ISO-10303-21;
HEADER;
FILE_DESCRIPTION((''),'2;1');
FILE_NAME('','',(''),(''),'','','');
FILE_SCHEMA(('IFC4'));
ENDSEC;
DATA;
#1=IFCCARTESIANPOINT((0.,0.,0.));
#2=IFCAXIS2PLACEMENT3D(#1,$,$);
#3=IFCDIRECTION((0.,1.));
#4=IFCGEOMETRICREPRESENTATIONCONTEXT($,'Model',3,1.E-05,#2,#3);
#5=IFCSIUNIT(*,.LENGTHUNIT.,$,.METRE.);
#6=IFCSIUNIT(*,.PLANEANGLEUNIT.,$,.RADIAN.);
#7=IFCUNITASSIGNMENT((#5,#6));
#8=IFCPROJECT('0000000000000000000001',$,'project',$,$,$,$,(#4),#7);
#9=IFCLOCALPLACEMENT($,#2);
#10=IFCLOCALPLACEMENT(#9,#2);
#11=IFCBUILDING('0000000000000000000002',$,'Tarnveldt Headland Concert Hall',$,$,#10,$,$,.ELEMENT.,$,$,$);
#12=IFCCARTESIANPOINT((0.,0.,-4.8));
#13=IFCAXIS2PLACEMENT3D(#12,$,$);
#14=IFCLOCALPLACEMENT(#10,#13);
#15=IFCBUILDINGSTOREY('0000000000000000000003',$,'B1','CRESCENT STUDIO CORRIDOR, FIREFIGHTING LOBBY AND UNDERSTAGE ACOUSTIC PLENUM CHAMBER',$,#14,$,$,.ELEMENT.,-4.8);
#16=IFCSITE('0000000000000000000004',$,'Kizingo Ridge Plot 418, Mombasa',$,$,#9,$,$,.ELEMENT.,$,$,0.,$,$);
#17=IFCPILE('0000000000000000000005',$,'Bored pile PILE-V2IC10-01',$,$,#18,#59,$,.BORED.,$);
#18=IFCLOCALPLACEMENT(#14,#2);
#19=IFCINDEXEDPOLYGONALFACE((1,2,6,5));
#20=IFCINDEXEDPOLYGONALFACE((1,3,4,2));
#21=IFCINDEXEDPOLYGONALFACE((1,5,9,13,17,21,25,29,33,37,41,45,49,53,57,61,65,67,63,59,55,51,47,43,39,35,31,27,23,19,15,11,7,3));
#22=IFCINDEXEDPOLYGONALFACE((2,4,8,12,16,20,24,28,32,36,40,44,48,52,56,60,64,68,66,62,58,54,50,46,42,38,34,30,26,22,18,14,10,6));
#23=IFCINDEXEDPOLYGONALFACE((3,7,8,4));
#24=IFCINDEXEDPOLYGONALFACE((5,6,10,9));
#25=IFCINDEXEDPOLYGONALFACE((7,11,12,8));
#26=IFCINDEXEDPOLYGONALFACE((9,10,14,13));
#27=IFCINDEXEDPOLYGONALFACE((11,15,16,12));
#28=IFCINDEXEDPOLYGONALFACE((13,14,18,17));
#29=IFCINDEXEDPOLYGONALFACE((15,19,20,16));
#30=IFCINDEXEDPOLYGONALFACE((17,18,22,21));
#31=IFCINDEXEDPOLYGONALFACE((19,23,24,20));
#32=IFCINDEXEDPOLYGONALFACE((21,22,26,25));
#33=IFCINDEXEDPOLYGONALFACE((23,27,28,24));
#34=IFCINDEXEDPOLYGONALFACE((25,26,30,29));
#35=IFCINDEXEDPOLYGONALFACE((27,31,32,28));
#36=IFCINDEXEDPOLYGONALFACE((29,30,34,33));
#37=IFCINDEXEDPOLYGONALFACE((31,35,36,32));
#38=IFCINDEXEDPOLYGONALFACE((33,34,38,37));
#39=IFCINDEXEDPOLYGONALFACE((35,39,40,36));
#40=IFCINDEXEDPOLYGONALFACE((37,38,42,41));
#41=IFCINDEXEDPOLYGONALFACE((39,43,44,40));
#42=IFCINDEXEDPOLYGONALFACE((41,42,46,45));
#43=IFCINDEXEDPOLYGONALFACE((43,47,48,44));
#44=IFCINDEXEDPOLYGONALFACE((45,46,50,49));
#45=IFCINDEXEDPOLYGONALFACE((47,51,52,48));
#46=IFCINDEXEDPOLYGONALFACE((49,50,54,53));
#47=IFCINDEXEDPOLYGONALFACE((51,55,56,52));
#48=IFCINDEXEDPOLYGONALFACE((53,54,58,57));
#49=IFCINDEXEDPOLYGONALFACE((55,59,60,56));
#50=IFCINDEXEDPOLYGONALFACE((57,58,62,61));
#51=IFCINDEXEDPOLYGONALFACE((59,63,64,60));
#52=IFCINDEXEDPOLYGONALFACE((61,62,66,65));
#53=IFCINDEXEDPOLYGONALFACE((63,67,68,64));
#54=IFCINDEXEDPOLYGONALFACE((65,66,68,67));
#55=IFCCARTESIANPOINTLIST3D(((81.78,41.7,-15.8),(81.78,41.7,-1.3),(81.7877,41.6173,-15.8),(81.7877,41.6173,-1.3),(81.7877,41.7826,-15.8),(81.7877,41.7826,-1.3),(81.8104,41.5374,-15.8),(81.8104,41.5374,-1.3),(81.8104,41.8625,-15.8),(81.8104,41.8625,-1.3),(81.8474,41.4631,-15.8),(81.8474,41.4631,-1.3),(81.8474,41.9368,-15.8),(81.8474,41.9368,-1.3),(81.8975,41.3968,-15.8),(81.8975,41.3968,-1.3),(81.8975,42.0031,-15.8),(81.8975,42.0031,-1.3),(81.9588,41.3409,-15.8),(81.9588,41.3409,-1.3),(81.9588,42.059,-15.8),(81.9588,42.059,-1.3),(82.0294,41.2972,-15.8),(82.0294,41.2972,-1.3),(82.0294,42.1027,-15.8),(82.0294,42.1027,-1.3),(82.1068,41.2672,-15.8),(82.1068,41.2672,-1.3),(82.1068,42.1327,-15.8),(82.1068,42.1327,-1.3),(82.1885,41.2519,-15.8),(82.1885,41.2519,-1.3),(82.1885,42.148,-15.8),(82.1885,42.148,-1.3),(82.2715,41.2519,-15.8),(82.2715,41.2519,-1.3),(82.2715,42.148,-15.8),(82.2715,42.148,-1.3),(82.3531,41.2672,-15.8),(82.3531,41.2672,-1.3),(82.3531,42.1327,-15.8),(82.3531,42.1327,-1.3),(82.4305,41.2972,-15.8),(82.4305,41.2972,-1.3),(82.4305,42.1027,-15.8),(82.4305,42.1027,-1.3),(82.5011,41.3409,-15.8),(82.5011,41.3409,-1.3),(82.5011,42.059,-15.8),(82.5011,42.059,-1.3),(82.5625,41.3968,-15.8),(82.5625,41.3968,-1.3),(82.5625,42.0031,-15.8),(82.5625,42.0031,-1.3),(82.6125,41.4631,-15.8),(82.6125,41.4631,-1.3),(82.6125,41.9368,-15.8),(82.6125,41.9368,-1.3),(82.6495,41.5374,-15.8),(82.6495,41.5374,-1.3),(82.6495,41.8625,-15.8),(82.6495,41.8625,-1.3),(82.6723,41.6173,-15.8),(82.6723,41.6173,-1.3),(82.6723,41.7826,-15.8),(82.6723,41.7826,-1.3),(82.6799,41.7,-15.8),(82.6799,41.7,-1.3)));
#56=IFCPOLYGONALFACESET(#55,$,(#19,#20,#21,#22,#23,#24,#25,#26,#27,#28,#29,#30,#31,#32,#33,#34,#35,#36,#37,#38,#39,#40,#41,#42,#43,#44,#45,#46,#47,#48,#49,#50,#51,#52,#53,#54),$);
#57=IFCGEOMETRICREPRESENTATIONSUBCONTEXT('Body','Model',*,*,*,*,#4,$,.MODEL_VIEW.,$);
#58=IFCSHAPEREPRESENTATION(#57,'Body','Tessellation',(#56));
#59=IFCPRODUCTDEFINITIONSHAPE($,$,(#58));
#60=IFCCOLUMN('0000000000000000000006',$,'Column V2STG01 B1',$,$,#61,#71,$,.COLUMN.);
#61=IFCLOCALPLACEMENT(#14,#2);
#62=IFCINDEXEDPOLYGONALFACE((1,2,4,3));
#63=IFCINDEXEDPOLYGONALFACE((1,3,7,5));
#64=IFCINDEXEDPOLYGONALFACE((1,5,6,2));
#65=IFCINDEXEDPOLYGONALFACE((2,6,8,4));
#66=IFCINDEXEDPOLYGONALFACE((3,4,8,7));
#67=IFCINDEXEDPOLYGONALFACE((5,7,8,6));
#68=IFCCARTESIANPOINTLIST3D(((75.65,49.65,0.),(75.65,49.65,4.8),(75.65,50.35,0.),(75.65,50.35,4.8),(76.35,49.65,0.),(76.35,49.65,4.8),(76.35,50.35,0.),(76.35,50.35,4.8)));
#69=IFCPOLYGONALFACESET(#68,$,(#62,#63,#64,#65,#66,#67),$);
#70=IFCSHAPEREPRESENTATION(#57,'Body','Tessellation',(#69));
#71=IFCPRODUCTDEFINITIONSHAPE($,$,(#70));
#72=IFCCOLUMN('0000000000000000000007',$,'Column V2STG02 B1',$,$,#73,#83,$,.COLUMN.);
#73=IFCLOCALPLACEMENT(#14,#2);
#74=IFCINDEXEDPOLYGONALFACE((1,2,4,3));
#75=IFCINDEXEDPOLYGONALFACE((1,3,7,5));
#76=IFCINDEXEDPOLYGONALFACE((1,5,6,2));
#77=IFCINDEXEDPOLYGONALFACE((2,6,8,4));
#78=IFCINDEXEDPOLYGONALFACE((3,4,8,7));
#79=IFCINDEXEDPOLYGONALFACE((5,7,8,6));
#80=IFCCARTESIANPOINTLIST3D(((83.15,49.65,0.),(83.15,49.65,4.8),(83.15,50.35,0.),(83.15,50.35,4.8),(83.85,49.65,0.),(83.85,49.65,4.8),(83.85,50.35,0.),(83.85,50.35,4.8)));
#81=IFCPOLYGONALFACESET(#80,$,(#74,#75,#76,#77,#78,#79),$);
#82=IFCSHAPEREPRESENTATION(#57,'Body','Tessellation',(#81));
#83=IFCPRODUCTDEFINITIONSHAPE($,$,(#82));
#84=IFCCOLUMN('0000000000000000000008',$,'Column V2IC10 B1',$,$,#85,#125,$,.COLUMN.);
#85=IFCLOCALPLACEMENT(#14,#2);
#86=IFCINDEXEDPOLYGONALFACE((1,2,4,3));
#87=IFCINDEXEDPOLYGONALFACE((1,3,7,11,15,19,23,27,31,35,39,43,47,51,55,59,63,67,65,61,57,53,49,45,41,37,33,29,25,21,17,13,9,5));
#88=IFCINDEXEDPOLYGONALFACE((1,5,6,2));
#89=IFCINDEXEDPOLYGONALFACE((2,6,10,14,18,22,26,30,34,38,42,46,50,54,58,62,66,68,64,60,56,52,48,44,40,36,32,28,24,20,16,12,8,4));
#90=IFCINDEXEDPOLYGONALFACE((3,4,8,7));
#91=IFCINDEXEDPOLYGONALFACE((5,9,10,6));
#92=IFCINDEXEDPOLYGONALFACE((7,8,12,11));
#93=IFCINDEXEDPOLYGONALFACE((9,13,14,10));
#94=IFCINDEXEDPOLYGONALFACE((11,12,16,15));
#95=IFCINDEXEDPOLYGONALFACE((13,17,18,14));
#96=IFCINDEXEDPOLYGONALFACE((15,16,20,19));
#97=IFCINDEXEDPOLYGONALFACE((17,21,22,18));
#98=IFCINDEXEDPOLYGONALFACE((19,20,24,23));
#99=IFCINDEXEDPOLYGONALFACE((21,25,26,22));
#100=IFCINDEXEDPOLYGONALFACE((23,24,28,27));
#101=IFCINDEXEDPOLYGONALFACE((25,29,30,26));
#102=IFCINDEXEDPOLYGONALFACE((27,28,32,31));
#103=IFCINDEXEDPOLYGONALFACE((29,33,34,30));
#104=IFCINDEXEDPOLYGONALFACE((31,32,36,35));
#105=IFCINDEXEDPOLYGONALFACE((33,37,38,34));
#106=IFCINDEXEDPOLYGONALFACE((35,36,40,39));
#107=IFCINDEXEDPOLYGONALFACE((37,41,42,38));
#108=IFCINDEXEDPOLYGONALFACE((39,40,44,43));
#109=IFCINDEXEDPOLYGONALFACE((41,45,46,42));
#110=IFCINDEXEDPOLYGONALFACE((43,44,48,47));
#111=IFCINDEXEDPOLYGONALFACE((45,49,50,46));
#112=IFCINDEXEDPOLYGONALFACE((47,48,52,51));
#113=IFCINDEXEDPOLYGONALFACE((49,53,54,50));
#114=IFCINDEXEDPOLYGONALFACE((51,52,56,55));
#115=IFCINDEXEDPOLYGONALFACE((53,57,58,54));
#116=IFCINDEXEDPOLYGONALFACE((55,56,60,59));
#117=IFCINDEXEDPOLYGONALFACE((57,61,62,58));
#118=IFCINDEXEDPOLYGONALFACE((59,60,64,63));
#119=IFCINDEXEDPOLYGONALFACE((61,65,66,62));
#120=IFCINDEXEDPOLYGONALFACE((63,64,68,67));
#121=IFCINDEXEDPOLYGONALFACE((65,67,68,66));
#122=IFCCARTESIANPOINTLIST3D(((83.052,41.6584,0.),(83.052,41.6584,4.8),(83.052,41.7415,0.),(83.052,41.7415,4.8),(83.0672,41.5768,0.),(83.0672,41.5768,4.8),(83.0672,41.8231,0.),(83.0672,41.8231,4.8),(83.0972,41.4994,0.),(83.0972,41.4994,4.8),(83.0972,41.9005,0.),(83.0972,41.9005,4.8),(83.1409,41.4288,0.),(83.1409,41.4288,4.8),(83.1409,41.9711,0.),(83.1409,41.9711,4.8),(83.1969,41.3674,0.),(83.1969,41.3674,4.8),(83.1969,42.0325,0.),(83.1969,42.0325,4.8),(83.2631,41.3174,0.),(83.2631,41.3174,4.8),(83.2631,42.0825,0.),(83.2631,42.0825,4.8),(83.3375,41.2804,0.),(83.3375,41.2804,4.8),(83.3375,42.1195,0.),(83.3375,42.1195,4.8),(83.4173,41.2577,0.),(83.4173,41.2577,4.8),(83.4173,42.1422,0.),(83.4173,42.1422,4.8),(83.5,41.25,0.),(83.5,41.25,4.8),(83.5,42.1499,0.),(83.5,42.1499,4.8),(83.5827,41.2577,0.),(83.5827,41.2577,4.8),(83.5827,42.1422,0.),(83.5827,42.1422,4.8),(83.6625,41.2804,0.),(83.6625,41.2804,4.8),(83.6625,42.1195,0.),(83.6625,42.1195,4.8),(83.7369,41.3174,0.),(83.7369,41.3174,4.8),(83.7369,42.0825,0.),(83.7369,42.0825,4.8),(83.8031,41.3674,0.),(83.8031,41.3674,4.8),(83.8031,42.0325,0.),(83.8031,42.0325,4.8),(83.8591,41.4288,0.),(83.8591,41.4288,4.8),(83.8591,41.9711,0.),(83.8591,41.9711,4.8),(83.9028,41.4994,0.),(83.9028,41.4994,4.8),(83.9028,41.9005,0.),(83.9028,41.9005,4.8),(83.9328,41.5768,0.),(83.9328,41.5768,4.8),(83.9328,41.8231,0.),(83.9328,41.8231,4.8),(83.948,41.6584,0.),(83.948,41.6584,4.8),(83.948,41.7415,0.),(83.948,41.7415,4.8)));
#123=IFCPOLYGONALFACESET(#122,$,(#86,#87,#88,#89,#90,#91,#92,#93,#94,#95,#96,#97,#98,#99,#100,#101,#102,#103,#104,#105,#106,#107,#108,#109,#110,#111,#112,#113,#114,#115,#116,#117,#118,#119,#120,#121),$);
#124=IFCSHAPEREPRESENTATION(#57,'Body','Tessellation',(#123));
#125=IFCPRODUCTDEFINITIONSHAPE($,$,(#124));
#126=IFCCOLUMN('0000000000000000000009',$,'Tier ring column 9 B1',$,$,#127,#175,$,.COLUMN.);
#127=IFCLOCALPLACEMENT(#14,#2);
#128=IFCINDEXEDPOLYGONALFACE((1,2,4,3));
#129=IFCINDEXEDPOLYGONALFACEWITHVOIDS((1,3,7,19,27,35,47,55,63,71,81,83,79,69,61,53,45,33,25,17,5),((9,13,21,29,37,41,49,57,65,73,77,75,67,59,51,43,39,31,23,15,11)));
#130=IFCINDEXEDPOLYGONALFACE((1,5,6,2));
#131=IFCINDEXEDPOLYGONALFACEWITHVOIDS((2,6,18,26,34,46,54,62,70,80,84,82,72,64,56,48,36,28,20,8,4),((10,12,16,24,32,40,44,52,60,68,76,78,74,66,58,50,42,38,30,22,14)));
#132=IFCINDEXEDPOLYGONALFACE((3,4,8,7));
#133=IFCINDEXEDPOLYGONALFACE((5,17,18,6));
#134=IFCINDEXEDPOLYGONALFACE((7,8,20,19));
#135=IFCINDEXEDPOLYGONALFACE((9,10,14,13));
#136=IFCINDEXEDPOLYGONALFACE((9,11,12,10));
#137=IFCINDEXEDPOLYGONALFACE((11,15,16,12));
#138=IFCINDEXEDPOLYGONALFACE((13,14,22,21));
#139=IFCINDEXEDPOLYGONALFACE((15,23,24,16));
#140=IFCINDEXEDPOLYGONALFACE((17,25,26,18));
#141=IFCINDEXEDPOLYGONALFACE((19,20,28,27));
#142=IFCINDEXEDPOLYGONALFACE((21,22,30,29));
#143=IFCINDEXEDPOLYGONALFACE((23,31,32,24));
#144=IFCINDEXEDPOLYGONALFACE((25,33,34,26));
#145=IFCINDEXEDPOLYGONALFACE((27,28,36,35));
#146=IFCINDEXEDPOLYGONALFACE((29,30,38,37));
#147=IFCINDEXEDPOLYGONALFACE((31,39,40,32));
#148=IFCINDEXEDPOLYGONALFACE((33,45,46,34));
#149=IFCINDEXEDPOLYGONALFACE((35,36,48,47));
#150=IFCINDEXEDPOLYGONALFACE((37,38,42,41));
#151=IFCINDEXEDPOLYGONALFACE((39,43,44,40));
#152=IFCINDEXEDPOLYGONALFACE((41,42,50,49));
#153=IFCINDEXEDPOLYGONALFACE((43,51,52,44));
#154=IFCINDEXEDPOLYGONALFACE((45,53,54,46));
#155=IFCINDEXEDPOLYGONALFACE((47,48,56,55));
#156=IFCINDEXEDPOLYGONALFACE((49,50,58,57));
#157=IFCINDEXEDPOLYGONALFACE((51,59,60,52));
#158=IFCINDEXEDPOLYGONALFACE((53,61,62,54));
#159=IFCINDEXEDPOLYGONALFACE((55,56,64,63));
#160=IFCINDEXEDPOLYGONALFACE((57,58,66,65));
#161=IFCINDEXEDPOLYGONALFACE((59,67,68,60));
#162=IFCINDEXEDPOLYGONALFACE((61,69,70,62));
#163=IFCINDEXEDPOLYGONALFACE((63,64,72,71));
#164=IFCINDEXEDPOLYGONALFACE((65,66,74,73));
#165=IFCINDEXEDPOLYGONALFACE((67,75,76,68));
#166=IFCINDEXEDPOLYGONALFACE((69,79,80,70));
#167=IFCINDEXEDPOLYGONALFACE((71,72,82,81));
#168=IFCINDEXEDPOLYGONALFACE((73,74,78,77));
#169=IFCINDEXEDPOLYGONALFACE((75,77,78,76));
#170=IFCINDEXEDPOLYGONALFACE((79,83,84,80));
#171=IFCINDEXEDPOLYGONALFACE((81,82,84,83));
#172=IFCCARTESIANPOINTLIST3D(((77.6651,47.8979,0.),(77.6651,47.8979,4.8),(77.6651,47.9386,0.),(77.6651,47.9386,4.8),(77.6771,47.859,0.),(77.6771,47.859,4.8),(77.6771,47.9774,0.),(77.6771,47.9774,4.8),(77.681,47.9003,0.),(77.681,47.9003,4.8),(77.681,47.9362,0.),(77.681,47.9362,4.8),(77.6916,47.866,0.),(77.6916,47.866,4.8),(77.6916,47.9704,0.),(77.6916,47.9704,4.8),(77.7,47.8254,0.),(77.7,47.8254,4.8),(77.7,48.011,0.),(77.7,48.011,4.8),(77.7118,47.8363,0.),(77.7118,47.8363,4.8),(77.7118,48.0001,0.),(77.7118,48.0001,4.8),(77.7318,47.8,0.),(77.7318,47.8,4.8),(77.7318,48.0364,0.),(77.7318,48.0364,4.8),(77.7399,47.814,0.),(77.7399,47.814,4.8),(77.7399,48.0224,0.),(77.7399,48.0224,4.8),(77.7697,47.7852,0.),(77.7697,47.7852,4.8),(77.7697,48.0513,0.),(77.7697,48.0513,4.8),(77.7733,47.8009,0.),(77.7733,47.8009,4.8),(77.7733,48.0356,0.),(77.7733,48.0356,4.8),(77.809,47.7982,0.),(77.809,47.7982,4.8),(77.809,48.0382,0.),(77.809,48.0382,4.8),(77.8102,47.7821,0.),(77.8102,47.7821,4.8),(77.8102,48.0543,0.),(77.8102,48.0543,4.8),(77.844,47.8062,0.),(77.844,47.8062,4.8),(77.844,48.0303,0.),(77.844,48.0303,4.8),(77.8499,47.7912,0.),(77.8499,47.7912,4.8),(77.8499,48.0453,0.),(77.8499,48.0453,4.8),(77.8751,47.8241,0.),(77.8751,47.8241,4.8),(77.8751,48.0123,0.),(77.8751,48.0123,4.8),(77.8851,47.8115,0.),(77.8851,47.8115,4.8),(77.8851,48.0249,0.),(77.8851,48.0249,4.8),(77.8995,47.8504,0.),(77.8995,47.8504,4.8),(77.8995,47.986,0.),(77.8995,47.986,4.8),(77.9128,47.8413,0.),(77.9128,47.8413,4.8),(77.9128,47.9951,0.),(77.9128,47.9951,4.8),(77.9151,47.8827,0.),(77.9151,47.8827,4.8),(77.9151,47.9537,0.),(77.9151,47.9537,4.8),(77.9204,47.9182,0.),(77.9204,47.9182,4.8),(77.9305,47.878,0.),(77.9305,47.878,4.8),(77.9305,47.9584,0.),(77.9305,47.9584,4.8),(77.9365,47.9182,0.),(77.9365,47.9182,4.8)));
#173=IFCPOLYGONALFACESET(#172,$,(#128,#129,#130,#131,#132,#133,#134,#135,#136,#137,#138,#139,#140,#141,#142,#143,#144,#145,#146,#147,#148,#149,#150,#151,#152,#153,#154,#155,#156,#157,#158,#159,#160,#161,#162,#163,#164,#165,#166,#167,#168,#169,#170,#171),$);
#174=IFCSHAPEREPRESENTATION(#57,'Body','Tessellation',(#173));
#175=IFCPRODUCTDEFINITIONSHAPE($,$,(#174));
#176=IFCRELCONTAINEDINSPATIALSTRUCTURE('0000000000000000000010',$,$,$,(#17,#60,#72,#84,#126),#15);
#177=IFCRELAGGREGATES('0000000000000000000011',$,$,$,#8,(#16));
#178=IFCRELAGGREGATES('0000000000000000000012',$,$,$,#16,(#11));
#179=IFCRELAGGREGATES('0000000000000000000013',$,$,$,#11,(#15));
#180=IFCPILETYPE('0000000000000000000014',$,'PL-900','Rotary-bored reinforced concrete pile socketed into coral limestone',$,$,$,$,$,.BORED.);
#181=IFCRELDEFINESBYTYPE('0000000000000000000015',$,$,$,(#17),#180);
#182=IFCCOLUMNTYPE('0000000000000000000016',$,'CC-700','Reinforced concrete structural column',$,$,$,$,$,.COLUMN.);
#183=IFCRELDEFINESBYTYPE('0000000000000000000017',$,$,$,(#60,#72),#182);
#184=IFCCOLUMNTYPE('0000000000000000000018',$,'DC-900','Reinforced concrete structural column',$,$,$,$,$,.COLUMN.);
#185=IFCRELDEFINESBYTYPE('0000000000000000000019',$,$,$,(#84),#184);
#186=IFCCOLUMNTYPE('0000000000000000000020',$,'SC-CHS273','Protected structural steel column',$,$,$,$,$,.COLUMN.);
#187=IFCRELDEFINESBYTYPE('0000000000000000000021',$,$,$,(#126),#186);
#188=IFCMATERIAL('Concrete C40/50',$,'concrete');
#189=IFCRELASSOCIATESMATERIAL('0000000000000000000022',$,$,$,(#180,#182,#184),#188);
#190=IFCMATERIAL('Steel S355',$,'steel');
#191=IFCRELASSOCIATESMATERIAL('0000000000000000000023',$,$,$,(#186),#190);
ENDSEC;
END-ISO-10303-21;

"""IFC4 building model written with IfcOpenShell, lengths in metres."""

from ifc_helpers import new_model, si_unit, direction, frame, origin, origin_2d, place, context, subcontext, project, spatial, rectangle, circle, hollow_circle, extrude, material, material_profile, profile_set, type_object, element, save


model = new_model("IFC4")

# Units and contexts
model_context = context("Model", 3, precision=1e-05, world=origin(), true_north=direction((0.0, 1.0)))
body_context = subcontext(model_context, "Body", "Model", "MODEL_VIEW")
ifc_project = project(units=[si_unit("LENGTHUNIT", "METRE"), si_unit("PLANEANGLEUNIT", "RADIAN")], contexts=[model_context])

# Site, building, storey
site_placement = place(None, origin())
site = spatial("IfcSite", under=ifc_project, at=site_placement, Name="Kizingo Ridge Plot 418, Mombasa", CompositionType="ELEMENT", RefElevation=0.0)
building_placement = place(site_placement, origin())
building = spatial("IfcBuilding", under=site, at=building_placement, Name="Tarnveldt Headland Concert Hall", CompositionType="ELEMENT")
storey_placement = place(building_placement, frame((0.0, 0.0, -4.8)))
storey = spatial("IfcBuildingStorey", under=building, at=storey_placement, Name="B1", Description="CRESCENT STUDIO CORRIDOR, FIREFIGHTING LOBBY AND UNDERSTAGE ACOUSTIC PLENUM CHAMBER", CompositionType="ELEMENT", Elevation=-4.8)

# Shared definitions
ifc_material_1 = material(Name="Concrete C40/50", Category="concrete")

# Pile
ifc_material_profile_1 = material_profile(ifc_material_1, circle(Radius=0.45, at=origin_2d()), Name="BORED PILE D900", Category="concrete")
ifc_profile_set_1 = profile_set([ifc_material_profile_1], Name="Concrete C40/50")
pile_type_1 = type_object("IfcPileType", Name="PL-900", Description="Rotary-bored reinforced concrete pile socketed into coral limestone", PredefinedType="BORED", material=ifc_profile_set_1)
pile_1_placement = place(storey_placement, frame((82.23, 41.7, -1.3), z_axis=(0.0, 0.0, -1.0), x_axis=(1.0, 0.0, 0.0)))
element("IfcPile", 1, at=pile_1_placement, inside=storey, type_object=pile_type_1, Name="Bored pile PILE-V2IC10-01", PredefinedType="BORED", context=body_context, shape_type="SweptSolid", body=[
    extrude(circle(Radius=0.45, at=origin_2d()), origin(), (0.0, 0.0, 1.0), 14.5),
])

# Columns
ifc_material_profile_2 = material_profile(ifc_material_1, rectangle(XDim=0.7, YDim=0.7, at=origin_2d()), Name="RC 700x700", Category="concrete")
ifc_profile_set_2 = profile_set([ifc_material_profile_2], Name="Concrete C40/50")
column_type_1 = type_object("IfcColumnType", Name="CC-700", Description="Reinforced concrete structural column", PredefinedType="COLUMN", material=ifc_profile_set_2)
for number, where, z_axis, x_axis, name in (
    (2, (76.0, 50.0, 0.0), (0.0, 0.0, 1.0), (1.0, 0.0, 0.0), "Column V2STG01 B1"),
    (3, (83.5, 50.0, 0.0), (0.0, 0.0, 1.0), (1.0, 0.0, 0.0), "Column V2STG02 B1"),
):
    element("IfcColumn", number, at=place(storey_placement, frame(where, z_axis=z_axis, x_axis=x_axis)), inside=storey, type_object=column_type_1, Name=name, PredefinedType="COLUMN", context=body_context, shape_type="SweptSolid", body=[
        extrude(rectangle(XDim=0.7, YDim=0.7, at=origin_2d()), origin(), (0.0, 0.0, 1.0), 4.8),
    ])
ifc_material_profile_3 = material_profile(ifc_material_1, circle(Radius=0.45, at=origin_2d()), Name="RC D900", Category="concrete")
ifc_profile_set_3 = profile_set([ifc_material_profile_3], Name="Concrete C40/50")
column_type_2 = type_object("IfcColumnType", Name="DC-900", Description="Reinforced concrete structural column", PredefinedType="COLUMN", material=ifc_profile_set_3)
for number, where, z_axis, x_axis, name in (
    (4, (83.5, 41.7, 0.0), (0.0, 0.0, 1.0), (0.0, -1.0, 0.0), "Column V2IC10 B1"),
):
    element("IfcColumn", number, at=place(storey_placement, frame(where, z_axis=z_axis, x_axis=x_axis)), inside=storey, type_object=column_type_2, Name=name, PredefinedType="COLUMN", context=body_context, shape_type="SweptSolid", body=[
        extrude(circle(Radius=0.45, at=origin_2d()), origin(), (0.0, 0.0, 1.0), 4.8),
    ])
ifc_material_2 = material(Name="Steel S355", Category="steel")
ifc_material_profile_4 = material_profile(ifc_material_2, hollow_circle(Radius=0.1365, WallThickness=0.0161, at=origin_2d()), Name="CHS 273x16", Category="steel")
ifc_profile_set_4 = profile_set([ifc_material_profile_4], Name="Steel S355")
column_type_3 = type_object("IfcColumnType", Name="SC-CHS273", Description="Protected structural steel column", PredefinedType="COLUMN", material=ifc_profile_set_4)
for number, where, z_axis, x_axis, name in (
    (5, (77.8, 47.9182, 0.0), (0.0, 0.0, 1.0), (1.0, 0.0, 0.0), "Tier ring column 9 B1"),
):
    element("IfcColumn", number, at=place(storey_placement, frame(where, z_axis=z_axis, x_axis=x_axis)), inside=storey, type_object=column_type_3, Name=name, PredefinedType="COLUMN", context=body_context, shape_type="SweptSolid", body=[
        extrude(hollow_circle(Radius=0.1365, WallThickness=0.0161, at=origin_2d()), origin(), (0.0, 0.0, 1.0), 4.8),
    ])

save(model, "model.ifc")
